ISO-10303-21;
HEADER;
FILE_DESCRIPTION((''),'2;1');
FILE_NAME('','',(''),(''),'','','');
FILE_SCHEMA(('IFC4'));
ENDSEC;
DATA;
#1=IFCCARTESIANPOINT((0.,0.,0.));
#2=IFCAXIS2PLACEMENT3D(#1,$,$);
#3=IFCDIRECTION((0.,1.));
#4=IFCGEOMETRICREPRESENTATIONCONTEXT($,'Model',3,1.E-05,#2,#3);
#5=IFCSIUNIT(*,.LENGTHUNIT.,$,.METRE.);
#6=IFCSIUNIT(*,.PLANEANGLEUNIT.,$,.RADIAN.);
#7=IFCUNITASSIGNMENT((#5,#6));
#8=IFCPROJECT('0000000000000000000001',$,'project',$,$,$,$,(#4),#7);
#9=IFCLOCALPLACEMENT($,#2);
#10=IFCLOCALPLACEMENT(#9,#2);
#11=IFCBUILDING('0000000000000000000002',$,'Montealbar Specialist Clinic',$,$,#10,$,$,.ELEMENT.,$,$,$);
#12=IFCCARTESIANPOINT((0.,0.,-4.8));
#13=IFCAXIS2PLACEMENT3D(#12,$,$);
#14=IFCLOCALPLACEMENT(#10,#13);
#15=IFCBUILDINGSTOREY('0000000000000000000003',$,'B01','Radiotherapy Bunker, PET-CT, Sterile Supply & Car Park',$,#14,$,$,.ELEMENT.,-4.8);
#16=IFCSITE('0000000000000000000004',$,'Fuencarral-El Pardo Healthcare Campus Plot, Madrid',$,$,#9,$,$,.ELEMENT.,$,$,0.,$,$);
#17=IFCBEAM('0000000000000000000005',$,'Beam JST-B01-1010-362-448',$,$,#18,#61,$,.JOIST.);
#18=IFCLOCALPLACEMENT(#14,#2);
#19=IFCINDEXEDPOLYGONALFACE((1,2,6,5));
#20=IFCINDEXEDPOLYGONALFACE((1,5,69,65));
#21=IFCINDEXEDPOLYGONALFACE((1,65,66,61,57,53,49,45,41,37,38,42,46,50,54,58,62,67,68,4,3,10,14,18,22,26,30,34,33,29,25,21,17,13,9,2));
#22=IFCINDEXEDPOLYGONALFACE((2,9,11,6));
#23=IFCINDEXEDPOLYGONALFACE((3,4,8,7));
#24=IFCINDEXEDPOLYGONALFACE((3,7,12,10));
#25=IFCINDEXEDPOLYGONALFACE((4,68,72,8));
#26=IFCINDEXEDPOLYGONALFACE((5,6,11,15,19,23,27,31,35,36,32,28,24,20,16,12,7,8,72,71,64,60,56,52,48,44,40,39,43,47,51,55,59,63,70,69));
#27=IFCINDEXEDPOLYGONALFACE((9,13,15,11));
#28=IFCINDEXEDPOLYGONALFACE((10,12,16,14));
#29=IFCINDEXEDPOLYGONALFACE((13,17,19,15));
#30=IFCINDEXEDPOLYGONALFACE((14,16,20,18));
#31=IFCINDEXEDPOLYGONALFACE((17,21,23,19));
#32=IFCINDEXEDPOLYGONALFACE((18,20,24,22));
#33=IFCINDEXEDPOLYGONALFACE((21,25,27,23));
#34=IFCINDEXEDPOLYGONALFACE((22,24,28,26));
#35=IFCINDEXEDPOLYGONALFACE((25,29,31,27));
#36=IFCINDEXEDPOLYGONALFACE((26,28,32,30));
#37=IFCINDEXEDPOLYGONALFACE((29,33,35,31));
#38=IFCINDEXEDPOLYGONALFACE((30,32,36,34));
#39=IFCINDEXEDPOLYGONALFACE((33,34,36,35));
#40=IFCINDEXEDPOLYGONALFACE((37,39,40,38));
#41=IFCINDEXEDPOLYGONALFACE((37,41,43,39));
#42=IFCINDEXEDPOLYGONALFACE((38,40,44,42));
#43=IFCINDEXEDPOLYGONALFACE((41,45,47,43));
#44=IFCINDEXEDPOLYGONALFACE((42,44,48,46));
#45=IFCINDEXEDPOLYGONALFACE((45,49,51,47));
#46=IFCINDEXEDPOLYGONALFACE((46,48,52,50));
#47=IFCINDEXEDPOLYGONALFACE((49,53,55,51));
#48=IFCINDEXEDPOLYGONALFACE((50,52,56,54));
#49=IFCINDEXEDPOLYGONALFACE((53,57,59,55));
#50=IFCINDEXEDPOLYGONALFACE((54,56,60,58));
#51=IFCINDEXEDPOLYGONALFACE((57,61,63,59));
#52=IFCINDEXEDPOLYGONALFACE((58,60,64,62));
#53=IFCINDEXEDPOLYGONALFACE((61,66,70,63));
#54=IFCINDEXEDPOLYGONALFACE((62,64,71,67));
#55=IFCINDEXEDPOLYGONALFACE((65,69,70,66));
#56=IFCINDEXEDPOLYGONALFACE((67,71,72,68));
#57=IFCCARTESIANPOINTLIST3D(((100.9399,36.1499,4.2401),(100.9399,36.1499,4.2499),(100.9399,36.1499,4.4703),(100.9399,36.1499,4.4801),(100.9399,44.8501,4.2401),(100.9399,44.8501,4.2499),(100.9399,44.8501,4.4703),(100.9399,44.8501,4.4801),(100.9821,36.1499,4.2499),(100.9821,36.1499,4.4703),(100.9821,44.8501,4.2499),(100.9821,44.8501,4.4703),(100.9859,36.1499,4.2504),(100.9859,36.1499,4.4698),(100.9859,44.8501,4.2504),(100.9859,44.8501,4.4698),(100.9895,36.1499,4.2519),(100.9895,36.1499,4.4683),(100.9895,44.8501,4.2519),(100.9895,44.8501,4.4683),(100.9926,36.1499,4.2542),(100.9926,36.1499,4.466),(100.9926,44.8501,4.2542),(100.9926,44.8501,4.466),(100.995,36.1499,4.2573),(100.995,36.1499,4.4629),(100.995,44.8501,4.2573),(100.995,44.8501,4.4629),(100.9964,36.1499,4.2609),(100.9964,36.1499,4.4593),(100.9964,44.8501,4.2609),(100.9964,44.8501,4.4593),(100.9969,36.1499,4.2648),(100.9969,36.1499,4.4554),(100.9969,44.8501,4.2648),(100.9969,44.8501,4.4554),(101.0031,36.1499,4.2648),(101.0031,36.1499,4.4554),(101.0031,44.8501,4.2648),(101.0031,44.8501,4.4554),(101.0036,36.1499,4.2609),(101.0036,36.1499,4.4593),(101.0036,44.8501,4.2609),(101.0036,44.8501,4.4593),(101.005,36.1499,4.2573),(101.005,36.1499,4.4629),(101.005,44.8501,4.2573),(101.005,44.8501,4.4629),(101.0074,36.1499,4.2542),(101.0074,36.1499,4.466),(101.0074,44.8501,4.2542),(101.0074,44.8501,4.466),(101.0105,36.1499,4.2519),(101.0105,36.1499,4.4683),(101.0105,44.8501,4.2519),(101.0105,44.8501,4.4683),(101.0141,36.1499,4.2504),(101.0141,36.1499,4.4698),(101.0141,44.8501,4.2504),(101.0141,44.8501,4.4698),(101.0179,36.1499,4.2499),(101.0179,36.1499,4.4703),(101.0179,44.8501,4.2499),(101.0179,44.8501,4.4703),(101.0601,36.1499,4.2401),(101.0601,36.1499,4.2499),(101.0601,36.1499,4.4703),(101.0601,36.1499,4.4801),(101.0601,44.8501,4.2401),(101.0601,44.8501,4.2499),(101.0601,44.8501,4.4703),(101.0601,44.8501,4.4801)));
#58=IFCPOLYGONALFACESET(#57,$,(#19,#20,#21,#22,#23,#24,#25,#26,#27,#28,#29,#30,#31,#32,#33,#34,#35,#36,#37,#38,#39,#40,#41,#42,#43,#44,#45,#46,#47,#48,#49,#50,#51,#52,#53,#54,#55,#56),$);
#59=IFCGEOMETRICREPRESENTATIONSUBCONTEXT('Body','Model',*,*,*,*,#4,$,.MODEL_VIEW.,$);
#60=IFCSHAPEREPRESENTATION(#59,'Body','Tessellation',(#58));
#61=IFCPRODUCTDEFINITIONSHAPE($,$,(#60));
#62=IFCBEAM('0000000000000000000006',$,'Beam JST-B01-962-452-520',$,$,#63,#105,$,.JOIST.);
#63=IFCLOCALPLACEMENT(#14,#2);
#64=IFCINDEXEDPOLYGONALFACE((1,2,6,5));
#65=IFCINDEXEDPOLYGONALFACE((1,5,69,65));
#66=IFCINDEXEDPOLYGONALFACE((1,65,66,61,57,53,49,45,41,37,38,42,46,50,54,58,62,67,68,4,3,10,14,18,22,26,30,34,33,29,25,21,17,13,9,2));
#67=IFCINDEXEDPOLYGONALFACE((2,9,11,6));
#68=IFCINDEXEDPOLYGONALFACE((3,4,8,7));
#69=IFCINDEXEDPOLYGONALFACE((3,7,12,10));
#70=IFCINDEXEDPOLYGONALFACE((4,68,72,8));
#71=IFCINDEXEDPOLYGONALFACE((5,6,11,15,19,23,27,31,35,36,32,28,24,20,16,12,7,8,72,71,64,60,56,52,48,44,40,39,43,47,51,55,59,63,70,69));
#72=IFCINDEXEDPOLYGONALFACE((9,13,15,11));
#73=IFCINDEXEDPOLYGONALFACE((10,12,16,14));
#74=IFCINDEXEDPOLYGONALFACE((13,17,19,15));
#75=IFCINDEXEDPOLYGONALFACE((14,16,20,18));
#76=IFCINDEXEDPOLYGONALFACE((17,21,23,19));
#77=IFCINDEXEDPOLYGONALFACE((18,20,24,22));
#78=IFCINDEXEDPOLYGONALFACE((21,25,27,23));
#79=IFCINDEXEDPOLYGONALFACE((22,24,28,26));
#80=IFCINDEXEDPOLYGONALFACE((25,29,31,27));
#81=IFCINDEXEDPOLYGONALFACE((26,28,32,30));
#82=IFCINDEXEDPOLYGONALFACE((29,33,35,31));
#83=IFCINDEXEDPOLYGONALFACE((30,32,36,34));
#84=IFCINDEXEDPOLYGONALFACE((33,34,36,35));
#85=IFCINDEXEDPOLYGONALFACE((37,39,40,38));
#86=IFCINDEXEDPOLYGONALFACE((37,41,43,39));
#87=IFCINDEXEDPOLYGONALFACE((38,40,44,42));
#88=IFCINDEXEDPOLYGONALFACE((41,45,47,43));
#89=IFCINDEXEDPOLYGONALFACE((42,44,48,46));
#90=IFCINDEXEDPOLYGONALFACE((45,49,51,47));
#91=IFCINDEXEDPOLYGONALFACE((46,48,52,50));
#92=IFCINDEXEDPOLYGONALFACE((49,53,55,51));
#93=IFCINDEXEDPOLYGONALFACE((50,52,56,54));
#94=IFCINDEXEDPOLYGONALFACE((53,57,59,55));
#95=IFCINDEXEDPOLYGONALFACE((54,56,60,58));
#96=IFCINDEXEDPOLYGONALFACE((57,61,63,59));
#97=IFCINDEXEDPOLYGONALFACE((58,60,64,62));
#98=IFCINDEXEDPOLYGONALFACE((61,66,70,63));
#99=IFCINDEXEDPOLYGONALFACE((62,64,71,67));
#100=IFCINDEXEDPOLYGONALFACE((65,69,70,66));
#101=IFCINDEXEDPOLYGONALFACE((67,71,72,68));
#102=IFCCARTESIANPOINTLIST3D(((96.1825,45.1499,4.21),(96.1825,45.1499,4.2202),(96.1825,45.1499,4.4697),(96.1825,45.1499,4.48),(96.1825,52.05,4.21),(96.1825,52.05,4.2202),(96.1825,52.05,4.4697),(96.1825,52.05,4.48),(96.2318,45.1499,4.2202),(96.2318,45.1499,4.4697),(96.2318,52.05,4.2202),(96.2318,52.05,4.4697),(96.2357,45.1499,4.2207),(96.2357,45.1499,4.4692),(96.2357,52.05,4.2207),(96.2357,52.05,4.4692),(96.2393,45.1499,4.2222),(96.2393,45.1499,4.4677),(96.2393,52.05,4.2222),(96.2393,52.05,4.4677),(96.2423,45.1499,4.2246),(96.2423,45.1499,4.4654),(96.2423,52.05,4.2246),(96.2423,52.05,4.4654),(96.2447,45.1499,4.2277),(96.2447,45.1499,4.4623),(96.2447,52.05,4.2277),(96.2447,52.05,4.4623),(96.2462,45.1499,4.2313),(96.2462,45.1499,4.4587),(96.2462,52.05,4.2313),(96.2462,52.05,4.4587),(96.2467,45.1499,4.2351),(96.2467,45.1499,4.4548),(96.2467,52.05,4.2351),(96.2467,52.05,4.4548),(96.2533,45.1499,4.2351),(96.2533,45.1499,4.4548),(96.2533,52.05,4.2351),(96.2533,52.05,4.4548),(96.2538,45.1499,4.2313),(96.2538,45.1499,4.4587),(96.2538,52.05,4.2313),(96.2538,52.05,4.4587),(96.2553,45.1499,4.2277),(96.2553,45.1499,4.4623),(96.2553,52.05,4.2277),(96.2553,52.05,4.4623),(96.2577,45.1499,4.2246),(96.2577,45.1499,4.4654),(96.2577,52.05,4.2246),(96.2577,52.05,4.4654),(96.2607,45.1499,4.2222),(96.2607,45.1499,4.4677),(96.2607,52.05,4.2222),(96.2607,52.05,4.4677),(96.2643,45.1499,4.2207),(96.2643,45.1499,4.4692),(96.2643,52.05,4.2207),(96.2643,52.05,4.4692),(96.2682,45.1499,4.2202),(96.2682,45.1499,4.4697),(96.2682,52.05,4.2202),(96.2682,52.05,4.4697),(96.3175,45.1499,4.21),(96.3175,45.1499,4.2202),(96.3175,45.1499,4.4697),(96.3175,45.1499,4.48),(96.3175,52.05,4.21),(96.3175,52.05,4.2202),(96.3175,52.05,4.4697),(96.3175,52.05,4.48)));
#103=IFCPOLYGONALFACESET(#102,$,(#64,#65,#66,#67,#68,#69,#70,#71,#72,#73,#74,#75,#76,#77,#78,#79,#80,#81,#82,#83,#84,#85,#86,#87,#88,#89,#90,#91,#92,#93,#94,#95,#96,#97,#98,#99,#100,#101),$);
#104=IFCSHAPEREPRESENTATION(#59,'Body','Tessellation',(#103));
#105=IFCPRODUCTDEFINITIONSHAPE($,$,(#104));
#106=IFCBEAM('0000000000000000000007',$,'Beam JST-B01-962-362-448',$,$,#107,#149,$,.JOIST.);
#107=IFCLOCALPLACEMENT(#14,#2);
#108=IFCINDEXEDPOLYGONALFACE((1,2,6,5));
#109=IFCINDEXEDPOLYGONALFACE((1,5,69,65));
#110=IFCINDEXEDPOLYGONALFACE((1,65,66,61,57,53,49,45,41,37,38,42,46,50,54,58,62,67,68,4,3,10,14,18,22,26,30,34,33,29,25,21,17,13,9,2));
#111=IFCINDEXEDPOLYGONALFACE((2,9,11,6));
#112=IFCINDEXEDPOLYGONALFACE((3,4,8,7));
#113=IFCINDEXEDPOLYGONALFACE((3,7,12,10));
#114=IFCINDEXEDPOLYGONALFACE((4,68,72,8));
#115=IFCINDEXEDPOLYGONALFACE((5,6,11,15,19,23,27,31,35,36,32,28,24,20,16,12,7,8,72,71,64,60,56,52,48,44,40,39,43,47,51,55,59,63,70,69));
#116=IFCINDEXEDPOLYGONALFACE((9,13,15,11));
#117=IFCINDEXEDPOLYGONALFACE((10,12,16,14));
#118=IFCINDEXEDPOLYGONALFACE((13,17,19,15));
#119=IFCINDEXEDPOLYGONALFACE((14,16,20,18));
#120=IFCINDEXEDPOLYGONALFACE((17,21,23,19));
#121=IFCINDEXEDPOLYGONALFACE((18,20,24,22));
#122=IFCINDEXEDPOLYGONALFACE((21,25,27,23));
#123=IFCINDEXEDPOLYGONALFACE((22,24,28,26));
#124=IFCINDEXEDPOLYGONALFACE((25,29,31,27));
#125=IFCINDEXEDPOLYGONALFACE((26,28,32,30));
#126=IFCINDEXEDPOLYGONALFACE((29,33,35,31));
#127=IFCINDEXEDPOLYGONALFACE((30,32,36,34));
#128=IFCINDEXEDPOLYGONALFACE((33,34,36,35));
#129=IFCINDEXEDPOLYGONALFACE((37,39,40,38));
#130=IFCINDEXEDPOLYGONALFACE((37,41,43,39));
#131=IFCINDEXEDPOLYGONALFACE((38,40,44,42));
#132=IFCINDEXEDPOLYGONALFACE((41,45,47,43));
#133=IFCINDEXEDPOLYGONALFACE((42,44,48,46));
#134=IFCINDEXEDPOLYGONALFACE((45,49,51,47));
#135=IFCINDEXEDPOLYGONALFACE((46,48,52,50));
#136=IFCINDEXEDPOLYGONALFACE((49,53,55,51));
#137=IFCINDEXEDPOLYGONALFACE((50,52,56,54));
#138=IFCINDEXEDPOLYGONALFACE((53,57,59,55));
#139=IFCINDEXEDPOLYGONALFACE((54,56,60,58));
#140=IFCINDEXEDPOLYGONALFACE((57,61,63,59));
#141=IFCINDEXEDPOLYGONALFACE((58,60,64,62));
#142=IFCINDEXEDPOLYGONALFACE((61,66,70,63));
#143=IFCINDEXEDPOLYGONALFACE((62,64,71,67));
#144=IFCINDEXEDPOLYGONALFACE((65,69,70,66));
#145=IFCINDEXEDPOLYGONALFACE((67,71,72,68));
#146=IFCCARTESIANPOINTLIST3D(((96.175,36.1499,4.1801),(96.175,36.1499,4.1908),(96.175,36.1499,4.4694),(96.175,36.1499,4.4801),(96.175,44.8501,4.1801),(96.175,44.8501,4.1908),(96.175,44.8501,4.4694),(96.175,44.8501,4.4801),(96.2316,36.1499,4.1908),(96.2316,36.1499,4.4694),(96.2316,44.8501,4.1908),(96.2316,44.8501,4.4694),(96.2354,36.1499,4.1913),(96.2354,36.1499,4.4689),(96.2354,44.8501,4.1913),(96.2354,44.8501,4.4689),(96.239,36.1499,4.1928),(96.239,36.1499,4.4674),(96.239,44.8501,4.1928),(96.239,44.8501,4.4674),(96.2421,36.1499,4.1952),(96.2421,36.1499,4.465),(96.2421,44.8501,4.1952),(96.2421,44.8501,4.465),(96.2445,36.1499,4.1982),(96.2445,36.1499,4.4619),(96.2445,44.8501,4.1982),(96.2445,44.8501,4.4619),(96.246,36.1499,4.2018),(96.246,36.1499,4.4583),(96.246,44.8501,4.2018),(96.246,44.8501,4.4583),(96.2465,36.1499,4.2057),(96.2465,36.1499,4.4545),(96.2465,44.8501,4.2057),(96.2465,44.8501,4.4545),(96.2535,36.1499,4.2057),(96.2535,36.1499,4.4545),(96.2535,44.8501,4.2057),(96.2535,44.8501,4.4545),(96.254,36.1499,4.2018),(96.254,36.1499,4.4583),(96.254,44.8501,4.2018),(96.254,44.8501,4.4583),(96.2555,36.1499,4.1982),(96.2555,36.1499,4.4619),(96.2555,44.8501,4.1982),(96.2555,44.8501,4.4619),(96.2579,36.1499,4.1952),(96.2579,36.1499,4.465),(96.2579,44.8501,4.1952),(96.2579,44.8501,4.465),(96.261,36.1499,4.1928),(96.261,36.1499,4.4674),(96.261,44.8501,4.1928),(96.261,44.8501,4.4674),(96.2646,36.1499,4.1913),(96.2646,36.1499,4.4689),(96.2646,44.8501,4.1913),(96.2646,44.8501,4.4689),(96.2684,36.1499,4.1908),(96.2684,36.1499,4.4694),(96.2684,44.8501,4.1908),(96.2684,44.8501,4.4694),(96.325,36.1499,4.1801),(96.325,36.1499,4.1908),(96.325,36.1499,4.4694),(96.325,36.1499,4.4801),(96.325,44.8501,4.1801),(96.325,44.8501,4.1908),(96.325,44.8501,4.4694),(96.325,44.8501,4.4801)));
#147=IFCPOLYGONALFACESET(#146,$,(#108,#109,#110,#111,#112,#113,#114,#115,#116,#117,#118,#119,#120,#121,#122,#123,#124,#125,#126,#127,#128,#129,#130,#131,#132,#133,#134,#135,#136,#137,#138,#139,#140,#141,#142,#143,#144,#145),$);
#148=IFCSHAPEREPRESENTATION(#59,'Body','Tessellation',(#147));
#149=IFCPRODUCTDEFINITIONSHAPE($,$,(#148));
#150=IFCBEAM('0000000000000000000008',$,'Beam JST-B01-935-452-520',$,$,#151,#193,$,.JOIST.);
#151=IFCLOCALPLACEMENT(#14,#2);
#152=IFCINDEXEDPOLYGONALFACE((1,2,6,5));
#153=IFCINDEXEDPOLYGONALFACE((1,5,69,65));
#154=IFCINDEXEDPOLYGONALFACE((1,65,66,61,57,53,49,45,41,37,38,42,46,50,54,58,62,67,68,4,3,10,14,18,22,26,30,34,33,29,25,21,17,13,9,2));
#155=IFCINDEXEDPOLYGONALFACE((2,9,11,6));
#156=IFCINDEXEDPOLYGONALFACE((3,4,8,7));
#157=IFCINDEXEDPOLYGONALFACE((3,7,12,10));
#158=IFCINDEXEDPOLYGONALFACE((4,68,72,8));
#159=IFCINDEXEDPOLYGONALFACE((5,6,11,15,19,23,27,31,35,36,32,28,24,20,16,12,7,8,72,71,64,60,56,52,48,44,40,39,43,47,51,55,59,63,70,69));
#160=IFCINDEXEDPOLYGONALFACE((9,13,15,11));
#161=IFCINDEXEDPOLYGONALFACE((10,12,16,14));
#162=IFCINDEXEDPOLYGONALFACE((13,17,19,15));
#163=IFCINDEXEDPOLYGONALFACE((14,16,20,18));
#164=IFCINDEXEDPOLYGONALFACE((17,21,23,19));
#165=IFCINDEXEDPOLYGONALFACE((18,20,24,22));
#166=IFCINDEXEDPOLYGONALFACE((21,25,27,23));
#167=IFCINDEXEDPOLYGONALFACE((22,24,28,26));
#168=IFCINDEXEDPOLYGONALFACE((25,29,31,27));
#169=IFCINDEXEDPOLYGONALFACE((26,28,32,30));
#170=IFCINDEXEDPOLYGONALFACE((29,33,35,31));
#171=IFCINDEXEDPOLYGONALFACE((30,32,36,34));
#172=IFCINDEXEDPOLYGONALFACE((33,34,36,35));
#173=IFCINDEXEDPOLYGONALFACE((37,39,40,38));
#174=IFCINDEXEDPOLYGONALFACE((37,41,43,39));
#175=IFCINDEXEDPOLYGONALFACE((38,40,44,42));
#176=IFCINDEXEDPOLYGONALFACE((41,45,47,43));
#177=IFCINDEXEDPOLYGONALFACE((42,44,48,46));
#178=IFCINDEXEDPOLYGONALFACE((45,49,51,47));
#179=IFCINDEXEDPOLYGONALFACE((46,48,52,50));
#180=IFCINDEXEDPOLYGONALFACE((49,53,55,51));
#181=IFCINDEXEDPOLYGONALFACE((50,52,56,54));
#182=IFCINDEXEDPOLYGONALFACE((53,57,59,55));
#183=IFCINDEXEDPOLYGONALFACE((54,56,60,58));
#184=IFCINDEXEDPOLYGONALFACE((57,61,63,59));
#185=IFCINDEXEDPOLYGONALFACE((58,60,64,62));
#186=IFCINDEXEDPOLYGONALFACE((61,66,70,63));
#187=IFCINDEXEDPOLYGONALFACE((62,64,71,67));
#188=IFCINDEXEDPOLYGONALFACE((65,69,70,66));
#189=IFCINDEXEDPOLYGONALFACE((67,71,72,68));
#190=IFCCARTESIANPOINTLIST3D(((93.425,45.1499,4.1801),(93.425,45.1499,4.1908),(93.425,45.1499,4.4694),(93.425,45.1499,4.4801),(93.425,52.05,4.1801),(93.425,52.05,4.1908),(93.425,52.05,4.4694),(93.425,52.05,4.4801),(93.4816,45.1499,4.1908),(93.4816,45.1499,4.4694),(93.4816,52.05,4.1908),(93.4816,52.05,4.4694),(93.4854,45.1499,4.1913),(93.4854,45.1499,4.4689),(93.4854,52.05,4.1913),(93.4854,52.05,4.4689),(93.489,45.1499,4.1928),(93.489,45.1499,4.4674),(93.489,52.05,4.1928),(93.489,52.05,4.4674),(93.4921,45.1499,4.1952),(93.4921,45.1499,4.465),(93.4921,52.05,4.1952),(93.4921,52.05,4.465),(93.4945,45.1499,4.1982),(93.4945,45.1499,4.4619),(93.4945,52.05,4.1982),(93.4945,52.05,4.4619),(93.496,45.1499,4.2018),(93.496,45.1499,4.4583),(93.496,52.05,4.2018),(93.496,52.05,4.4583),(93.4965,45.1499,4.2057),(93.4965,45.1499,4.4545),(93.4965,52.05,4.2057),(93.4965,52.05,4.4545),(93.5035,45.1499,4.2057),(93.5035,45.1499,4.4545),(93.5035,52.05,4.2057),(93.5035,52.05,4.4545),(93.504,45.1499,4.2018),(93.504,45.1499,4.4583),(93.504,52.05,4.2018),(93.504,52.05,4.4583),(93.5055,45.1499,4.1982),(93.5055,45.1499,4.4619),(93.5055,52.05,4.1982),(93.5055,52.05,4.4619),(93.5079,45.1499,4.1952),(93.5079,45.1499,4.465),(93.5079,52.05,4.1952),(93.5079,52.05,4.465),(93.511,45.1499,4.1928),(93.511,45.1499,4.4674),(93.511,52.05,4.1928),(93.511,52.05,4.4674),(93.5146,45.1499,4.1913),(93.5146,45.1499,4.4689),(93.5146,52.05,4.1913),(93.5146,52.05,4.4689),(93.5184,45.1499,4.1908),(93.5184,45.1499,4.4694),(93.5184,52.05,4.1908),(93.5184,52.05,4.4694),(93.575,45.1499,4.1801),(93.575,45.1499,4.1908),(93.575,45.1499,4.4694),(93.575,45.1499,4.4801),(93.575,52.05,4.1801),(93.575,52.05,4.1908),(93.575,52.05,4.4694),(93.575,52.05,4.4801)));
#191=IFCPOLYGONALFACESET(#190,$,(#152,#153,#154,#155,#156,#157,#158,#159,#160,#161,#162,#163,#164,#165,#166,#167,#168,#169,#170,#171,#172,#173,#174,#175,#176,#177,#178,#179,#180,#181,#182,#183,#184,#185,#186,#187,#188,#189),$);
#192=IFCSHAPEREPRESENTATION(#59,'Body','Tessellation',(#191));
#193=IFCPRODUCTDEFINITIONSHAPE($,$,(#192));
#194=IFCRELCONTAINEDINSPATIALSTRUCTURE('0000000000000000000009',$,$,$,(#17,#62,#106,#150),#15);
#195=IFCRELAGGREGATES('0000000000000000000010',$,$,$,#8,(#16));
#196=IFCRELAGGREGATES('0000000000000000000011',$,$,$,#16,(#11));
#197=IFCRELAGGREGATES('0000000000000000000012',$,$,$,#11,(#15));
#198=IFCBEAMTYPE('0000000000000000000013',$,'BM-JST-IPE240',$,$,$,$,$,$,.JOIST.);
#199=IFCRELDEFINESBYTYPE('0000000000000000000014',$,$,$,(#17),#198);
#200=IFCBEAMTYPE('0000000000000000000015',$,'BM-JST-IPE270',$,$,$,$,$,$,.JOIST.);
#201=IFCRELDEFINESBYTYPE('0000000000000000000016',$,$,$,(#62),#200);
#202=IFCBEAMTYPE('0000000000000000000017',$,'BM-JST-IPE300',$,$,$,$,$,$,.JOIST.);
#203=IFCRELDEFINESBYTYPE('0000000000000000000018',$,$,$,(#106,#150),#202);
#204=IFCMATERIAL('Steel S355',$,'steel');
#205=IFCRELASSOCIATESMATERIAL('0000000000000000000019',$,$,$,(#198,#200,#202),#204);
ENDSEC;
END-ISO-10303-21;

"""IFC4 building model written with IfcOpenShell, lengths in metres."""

from ifc_helpers import new_model, si_unit, direction, frame, origin, origin_2d, place, context, subcontext, project, spatial, i_section, extrude, material, material_profile, profile_set, type_object, element, save


model = new_model("IFC4")

# Units and contexts
model_context = context("Model", 3, precision=1e-05, world=origin(), true_north=direction((0.0, 1.0)))
body_context = subcontext(model_context, "Body", "Model", "MODEL_VIEW")
ifc_project = project(units=[si_unit("LENGTHUNIT", "METRE"), si_unit("PLANEANGLEUNIT", "RADIAN")], contexts=[model_context])

# Site, building, storey
site_placement = place(None, origin())
site = spatial("IfcSite", under=ifc_project, at=site_placement, Name="Fuencarral-El Pardo Healthcare Campus Plot, Madrid", CompositionType="ELEMENT", RefElevation=0.0)
building_placement = place(site_placement, origin())
building = spatial("IfcBuilding", under=site, at=building_placement, Name="Montealbar Specialist Clinic", CompositionType="ELEMENT")
storey_placement = place(building_placement, frame((0.0, 0.0, -4.8)))
storey = spatial("IfcBuildingStorey", under=building, at=storey_placement, Name="B01", Description="Radiotherapy Bunker, PET-CT, Sterile Supply & Car Park", CompositionType="ELEMENT", Elevation=-4.8)

# Shared definitions
ifc_material_1 = material(Name="Steel S355", Category="steel")

# Beams
ifc_material_profile_1 = material_profile(ifc_material_1, i_section(OverallWidth=0.1201, OverallDepth=0.24, WebThickness=0.0061, FlangeThickness=0.0098, FilletRadius=0.0149, at=origin_2d()), Name="IPE 240", Category="steel")
ifc_profile_set_1 = profile_set([ifc_material_profile_1], Name="Steel S355")
beam_type_1 = type_object("IfcBeamType", Name="BM-JST-IPE240", PredefinedType="JOIST", material=ifc_profile_set_1)
beam_1_placement = place(storey_placement, frame((101.0, 36.1499, 4.3601), z_axis=(0.0, 1.0, 0.0), x_axis=(-1.0, 0.0, 0.0)))
element("IfcBeam", 1, at=beam_1_placement, inside=storey, type_object=beam_type_1, Name="Beam JST-B01-1010-362-448", PredefinedType="JOIST", context=body_context, shape_type="SweptSolid", body=[
    extrude(i_section(OverallWidth=0.1201, OverallDepth=0.24, WebThickness=0.0061, FlangeThickness=0.0098, FilletRadius=0.0149, at=origin_2d()), origin(), (0.0, 0.0, 1.0), 8.7002),
])
ifc_material_profile_2 = material_profile(ifc_material_1, i_section(OverallWidth=0.135, OverallDepth=0.27, WebThickness=0.0066, FlangeThickness=0.0103, FilletRadius=0.0149, at=origin_2d()), Name="IPE 270", Category="steel")
ifc_profile_set_2 = profile_set([ifc_material_profile_2], Name="Steel S355")
beam_type_2 = type_object("IfcBeamType", Name="BM-JST-IPE270", PredefinedType="JOIST", material=ifc_profile_set_2)
beam_2_placement = place(storey_placement, frame((96.25, 45.1499, 4.345), z_axis=(0.0, 1.0, 0.0), x_axis=(-1.0, 0.0, 0.0)))
element("IfcBeam", 2, at=beam_2_placement, inside=storey, type_object=beam_type_2, Name="Beam JST-B01-962-452-520", PredefinedType="JOIST", context=body_context, shape_type="SweptSolid", body=[
    extrude(i_section(OverallWidth=0.135, OverallDepth=0.27, WebThickness=0.0066, FlangeThickness=0.0103, FilletRadius=0.0149, at=origin_2d()), origin(), (0.0, 0.0, 1.0), 6.9001),
])
ifc_material_profile_3 = material_profile(ifc_material_1, i_section(OverallWidth=0.1499, OverallDepth=0.3, WebThickness=0.0071, FlangeThickness=0.0107, FilletRadius=0.0149, at=origin_2d()), Name="IPE 300", Category="steel")
ifc_profile_set_3 = profile_set([ifc_material_profile_3], Name="Steel S355")
beam_type_3 = type_object("IfcBeamType", Name="BM-JST-IPE300", PredefinedType="JOIST", material=ifc_profile_set_3)
beam_3_placement = place(storey_placement, frame((96.25, 36.1499, 4.3301), z_axis=(0.0, 1.0, 0.0), x_axis=(-1.0, 0.0, 0.0)))
element("IfcBeam", 3, at=beam_3_placement, inside=storey, type_object=beam_type_3, Name="Beam JST-B01-962-362-448", PredefinedType="JOIST", context=body_context, shape_type="SweptSolid", body=[
    extrude(i_section(OverallWidth=0.1499, OverallDepth=0.3, WebThickness=0.0071, FlangeThickness=0.0107, FilletRadius=0.0149, at=origin_2d()), origin(), (0.0, 0.0, 1.0), 8.7002),
])
beam_4_placement = place(storey_placement, frame((93.5, 45.1499, 4.3301), z_axis=(0.0, 1.0, 0.0), x_axis=(-1.0, 0.0, 0.0)))
element("IfcBeam", 4, at=beam_4_placement, inside=storey, type_object=beam_type_3, Name="Beam JST-B01-935-452-520", PredefinedType="JOIST", context=body_context, shape_type="SweptSolid", body=[
    extrude(i_section(OverallWidth=0.1499, OverallDepth=0.3, WebThickness=0.0071, FlangeThickness=0.0107, FilletRadius=0.0149, at=origin_2d()), origin(), (0.0, 0.0, 1.0), 6.9001),
])

save(model, "model.ifc")
